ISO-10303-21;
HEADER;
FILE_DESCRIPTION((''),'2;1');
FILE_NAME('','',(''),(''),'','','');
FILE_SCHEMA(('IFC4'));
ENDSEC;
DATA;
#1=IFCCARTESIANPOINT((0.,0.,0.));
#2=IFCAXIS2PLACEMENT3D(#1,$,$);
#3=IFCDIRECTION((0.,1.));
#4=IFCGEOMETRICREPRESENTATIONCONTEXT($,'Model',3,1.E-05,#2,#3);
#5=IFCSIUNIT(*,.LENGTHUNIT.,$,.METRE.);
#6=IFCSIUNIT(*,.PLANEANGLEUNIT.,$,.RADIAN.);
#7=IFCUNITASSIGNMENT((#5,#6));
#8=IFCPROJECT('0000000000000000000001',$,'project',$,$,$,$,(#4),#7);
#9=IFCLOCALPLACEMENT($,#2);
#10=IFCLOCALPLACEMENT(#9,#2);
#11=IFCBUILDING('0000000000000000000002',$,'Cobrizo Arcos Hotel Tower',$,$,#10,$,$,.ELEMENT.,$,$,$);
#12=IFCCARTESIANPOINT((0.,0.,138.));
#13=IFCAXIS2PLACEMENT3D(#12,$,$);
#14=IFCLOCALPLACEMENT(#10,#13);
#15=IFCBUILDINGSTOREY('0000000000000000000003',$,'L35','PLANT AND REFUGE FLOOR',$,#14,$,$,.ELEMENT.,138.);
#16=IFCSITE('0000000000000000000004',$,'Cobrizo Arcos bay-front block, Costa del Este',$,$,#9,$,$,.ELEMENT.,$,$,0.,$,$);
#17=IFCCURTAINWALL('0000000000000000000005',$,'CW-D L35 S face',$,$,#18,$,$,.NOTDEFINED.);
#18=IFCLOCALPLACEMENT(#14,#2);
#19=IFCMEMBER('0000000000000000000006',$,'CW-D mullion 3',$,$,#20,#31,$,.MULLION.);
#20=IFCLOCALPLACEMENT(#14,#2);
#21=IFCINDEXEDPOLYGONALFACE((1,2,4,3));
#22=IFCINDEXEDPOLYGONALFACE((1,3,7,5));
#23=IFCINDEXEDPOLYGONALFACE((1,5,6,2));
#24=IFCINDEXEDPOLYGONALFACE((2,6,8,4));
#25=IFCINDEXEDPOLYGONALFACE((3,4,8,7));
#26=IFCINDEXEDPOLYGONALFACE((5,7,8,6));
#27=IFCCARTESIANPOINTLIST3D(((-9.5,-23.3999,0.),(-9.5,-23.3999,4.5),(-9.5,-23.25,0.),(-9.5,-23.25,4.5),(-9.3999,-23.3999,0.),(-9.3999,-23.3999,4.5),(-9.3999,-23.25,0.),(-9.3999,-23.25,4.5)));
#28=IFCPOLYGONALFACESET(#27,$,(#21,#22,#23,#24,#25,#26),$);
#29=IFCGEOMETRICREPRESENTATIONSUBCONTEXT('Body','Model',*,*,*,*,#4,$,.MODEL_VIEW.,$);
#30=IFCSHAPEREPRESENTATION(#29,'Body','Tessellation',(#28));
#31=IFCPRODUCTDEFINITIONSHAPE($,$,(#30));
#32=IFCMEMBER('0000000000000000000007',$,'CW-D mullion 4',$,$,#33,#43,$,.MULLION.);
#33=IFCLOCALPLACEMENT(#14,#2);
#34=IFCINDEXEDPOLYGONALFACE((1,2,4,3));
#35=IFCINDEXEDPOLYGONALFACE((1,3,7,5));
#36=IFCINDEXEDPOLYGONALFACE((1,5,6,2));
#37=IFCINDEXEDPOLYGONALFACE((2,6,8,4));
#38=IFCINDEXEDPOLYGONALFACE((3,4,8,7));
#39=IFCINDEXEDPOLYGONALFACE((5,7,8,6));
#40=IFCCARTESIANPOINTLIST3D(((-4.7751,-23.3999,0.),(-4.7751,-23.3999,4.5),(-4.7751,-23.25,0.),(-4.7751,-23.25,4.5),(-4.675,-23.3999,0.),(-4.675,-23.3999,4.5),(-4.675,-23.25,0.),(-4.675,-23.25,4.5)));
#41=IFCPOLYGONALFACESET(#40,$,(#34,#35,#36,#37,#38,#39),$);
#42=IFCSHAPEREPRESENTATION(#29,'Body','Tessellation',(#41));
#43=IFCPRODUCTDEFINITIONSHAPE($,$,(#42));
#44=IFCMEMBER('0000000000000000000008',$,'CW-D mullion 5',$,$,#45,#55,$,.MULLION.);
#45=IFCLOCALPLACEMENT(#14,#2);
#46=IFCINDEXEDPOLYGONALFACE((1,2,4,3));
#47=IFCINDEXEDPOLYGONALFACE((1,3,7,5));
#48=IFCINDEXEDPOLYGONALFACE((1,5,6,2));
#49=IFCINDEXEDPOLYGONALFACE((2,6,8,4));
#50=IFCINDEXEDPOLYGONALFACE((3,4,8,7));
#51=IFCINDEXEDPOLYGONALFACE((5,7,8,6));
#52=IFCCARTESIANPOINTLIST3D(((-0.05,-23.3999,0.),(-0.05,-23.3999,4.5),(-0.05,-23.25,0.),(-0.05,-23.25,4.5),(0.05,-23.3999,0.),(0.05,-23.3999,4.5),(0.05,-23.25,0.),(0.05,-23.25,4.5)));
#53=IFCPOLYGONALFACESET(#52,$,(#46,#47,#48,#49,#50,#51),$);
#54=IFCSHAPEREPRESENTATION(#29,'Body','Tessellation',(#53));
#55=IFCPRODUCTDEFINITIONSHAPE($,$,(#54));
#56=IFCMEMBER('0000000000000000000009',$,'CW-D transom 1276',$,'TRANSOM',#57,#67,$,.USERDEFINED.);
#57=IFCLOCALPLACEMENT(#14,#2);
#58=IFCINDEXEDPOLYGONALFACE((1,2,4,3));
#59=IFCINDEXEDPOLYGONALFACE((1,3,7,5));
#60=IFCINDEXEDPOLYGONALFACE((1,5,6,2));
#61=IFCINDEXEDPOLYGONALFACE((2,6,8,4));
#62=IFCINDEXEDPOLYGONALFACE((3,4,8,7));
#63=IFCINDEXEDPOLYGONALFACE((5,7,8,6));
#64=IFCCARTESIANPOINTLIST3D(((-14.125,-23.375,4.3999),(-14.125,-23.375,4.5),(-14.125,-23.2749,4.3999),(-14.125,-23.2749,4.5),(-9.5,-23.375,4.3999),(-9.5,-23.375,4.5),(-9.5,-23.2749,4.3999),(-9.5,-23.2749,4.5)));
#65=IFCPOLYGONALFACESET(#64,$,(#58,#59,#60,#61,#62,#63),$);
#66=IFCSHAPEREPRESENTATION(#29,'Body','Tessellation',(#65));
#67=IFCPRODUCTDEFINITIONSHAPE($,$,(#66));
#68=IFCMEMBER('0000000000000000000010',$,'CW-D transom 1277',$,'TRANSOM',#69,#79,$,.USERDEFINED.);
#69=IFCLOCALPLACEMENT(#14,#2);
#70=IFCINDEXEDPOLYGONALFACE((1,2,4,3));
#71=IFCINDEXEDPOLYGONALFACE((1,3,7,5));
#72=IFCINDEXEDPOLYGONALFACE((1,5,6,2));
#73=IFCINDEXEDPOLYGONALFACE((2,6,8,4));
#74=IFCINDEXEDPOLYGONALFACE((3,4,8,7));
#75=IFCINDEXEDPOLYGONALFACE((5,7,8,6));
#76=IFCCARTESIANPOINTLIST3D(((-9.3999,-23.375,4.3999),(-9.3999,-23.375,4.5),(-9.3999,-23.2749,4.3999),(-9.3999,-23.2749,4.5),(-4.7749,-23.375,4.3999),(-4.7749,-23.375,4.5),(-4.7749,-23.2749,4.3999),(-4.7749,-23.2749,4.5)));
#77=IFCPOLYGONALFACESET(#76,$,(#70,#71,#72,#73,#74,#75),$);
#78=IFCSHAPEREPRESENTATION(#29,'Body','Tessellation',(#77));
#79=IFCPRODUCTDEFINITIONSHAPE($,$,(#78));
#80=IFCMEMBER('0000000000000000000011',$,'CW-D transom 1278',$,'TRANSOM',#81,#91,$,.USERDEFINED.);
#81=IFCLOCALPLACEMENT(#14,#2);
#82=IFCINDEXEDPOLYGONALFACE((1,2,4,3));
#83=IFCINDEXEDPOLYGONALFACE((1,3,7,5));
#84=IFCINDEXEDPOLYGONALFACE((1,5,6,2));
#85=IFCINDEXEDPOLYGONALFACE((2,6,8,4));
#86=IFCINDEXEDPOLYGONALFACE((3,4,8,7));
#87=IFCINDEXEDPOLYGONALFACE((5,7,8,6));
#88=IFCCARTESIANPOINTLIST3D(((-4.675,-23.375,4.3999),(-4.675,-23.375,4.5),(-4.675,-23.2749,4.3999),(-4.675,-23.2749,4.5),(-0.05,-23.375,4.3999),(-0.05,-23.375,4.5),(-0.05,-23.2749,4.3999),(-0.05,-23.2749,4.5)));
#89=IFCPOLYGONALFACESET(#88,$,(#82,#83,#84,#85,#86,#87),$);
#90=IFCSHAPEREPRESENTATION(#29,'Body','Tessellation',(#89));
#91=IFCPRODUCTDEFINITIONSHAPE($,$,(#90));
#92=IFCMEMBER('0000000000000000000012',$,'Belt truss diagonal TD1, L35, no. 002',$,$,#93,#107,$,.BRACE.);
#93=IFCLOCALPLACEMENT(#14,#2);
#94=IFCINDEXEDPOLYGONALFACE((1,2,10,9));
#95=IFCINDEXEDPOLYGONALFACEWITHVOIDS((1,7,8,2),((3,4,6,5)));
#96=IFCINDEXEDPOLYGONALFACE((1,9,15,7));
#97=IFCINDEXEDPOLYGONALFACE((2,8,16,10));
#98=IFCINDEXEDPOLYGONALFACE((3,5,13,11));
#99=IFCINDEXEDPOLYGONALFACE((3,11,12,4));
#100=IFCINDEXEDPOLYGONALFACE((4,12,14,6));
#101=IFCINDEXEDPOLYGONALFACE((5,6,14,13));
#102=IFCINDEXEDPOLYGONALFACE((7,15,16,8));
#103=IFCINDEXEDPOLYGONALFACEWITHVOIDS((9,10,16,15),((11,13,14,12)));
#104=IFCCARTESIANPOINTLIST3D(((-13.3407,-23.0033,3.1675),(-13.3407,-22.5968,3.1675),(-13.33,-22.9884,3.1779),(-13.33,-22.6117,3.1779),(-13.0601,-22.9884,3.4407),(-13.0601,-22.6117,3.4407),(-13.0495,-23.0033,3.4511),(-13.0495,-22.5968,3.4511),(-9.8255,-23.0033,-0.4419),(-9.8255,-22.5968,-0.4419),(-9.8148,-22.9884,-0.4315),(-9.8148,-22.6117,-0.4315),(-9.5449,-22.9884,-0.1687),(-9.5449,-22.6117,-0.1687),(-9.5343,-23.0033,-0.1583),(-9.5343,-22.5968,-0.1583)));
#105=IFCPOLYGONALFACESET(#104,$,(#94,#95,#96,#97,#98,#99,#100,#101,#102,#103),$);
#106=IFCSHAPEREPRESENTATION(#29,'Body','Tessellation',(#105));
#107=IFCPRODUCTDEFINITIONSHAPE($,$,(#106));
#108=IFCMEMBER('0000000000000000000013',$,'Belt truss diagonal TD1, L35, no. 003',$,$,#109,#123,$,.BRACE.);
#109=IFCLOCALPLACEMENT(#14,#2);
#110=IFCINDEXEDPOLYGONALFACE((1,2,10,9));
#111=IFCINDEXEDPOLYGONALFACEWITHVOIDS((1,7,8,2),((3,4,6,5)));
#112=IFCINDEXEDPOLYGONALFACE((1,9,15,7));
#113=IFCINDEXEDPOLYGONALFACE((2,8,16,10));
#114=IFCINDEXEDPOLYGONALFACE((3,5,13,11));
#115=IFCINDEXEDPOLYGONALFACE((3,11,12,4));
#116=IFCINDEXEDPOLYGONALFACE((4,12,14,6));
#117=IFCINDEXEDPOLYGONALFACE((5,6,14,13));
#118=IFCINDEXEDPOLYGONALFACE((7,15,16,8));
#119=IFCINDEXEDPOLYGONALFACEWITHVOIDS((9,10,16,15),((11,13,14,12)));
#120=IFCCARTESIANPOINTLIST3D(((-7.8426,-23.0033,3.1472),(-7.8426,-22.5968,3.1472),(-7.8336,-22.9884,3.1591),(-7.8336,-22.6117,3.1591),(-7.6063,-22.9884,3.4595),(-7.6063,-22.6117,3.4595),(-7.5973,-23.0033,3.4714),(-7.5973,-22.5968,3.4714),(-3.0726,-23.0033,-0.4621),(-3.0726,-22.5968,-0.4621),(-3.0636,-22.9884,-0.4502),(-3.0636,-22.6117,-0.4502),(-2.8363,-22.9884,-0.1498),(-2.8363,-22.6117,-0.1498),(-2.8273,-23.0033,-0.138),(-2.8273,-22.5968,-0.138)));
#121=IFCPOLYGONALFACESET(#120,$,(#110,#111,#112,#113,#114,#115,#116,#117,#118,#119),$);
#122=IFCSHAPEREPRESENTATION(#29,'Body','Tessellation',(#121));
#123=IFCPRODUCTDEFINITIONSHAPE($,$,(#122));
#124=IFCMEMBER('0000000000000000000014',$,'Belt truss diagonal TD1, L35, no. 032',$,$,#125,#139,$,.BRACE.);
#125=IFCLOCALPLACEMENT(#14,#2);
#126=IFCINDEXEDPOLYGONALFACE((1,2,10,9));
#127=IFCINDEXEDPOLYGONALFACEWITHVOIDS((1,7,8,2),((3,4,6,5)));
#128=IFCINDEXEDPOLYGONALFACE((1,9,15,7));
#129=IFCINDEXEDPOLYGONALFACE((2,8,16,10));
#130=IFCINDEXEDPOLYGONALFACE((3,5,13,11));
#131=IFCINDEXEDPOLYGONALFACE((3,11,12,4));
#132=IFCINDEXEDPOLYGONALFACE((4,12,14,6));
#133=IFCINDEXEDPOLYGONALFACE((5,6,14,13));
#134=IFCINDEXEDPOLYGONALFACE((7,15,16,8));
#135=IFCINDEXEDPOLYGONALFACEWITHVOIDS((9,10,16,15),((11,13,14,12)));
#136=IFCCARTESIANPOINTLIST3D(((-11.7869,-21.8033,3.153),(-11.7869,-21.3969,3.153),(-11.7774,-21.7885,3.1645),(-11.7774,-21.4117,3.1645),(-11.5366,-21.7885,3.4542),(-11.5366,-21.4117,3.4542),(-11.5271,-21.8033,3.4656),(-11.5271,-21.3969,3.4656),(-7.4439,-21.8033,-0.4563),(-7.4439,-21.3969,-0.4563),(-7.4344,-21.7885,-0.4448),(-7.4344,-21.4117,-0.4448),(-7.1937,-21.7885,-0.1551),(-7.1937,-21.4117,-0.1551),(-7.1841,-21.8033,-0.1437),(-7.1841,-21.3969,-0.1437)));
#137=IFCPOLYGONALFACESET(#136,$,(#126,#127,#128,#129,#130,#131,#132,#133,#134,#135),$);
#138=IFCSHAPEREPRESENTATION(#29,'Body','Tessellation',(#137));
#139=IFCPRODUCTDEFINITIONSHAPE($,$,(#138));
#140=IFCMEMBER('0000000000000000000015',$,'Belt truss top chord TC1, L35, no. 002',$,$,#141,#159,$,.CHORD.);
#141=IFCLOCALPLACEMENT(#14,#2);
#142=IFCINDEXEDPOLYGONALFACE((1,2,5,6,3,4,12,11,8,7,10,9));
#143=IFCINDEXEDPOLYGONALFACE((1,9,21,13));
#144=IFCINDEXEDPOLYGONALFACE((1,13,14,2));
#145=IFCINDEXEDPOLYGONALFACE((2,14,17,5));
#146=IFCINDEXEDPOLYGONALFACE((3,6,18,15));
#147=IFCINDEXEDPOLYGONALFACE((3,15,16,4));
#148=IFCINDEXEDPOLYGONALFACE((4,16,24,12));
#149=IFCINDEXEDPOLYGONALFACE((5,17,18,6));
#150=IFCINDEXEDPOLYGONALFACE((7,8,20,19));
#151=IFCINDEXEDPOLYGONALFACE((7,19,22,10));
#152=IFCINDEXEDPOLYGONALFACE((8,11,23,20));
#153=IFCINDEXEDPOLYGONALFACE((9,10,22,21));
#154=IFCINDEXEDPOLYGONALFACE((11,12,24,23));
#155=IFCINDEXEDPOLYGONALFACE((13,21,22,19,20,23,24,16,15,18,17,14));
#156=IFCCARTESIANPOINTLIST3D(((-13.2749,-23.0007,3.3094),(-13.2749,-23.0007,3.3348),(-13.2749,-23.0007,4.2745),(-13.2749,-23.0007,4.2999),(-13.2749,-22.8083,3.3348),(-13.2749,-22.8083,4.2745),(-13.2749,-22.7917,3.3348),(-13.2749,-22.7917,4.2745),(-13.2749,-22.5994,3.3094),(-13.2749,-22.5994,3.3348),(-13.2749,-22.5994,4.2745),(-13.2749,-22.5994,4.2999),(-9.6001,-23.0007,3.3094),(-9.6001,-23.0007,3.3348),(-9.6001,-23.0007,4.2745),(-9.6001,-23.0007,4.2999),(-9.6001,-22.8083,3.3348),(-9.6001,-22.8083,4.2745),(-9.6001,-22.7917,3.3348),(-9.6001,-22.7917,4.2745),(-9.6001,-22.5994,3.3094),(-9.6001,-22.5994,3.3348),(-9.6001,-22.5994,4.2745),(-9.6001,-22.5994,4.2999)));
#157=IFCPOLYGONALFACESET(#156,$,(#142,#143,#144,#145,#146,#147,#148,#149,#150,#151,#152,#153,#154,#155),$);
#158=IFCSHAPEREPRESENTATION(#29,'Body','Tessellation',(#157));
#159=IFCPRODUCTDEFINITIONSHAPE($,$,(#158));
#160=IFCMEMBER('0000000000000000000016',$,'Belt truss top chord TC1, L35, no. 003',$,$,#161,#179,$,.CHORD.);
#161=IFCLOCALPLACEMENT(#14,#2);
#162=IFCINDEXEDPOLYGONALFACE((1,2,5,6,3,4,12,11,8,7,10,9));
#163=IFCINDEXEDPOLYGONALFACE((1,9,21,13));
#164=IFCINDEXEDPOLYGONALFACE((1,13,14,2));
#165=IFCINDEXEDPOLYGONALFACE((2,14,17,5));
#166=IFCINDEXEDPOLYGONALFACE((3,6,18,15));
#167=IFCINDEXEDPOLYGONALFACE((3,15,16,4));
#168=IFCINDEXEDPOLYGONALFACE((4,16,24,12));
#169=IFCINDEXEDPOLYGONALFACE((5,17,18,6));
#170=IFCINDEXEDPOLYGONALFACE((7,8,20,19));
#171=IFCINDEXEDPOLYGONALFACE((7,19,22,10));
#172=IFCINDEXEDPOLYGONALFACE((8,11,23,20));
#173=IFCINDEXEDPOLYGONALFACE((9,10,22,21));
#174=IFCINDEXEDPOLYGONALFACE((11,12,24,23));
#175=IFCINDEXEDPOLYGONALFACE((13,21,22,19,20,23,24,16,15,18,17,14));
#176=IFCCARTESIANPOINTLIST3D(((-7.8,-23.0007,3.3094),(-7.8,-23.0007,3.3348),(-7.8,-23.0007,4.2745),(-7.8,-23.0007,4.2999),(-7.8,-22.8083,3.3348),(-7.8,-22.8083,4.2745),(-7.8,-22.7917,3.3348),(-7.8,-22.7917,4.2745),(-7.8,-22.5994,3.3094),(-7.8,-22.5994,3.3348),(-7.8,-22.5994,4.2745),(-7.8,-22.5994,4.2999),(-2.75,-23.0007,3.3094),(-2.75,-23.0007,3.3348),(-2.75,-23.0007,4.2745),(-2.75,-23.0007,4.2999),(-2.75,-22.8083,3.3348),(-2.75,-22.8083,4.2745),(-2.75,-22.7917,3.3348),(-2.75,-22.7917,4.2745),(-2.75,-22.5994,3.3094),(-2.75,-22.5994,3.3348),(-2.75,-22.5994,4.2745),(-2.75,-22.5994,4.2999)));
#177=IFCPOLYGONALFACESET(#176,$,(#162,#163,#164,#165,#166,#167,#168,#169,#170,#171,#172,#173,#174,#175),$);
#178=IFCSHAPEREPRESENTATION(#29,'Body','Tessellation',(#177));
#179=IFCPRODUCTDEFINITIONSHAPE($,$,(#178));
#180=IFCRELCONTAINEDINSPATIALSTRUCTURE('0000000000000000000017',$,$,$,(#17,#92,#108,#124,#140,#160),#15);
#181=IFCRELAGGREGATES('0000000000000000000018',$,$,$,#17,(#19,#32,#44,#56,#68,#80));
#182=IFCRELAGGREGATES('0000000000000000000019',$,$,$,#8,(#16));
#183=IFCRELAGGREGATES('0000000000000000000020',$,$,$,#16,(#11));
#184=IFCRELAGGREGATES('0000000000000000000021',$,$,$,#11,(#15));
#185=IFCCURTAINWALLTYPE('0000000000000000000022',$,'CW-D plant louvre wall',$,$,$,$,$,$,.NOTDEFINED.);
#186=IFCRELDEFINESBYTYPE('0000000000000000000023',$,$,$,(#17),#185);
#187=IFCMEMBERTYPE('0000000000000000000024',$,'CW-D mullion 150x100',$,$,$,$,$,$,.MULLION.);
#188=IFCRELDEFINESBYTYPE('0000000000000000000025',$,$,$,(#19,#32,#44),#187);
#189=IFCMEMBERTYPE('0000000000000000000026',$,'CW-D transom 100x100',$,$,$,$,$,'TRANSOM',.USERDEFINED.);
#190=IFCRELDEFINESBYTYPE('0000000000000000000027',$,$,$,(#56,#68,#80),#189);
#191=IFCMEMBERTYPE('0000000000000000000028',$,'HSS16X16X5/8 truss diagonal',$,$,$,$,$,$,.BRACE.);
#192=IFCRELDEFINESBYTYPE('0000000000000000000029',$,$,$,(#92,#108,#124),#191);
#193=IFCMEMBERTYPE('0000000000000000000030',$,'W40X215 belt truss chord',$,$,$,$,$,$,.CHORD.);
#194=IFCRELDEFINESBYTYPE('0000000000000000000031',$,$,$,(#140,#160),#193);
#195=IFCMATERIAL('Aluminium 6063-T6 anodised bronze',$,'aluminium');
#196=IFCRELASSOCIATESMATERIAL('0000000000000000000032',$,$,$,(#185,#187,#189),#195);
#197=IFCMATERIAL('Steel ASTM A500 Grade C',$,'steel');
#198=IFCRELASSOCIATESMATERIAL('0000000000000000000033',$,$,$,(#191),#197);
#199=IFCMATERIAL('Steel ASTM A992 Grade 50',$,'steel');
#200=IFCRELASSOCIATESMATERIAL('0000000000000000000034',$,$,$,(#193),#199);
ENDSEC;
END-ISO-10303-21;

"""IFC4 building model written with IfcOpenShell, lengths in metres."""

from ifc_helpers import new_model, si_unit, direction, frame, origin, origin_2d, place, context, subcontext, project, spatial, rectangle, hollow_rectangle, i_section, extrude, material, material_profile, profile_set, type_object, element, aggregate, save


model = new_model("IFC4")

# Units and contexts
model_context = context("Model", 3, precision=1e-05, world=origin(), true_north=direction((0.0, 1.0)))
body_context = subcontext(model_context, "Body", "Model", "MODEL_VIEW")
ifc_project = project(units=[si_unit("LENGTHUNIT", "METRE"), si_unit("PLANEANGLEUNIT", "RADIAN")], contexts=[model_context])

# Site, building, storey
site_placement = place(None, origin())
site = spatial("IfcSite", under=ifc_project, at=site_placement, Name="Cobrizo Arcos bay-front block, Costa del Este", CompositionType="ELEMENT", RefElevation=0.0)
building_placement = place(site_placement, origin())
building = spatial("IfcBuilding", under=site, at=building_placement, Name="Cobrizo Arcos Hotel Tower", CompositionType="ELEMENT")
storey_placement = place(building_placement, frame((0.0, 0.0, 138.0)))
storey = spatial("IfcBuildingStorey", under=building, at=storey_placement, Name="L35", Description="PLANT AND REFUGE FLOOR", CompositionType="ELEMENT", Elevation=138.0)

# Curtain wall, members
ifc_material_1 = material(Name="Aluminium 6063-T6 anodised bronze", Category="aluminium")
curtain_wall_type = type_object("IfcCurtainWallType", Name="CW-D plant louvre wall", PredefinedType="NOTDEFINED", material=ifc_material_1)
curtain_wall_placement = place(storey_placement, origin())
curtain_wall = element("IfcCurtainWall", 1, at=curtain_wall_placement, inside=storey, type_object=curtain_wall_type, Name="CW-D L35 S face", PredefinedType="NOTDEFINED")
ifc_material_profile_1 = material_profile(ifc_material_1, rectangle(XDim=0.1499, YDim=0.1001, at=origin_2d()), Name="CW-D mullion 150x100")
ifc_profile_set_1 = profile_set([ifc_material_profile_1], Name="Aluminium 6063-T6 anodised bronze")
member_type_1 = type_object("IfcMemberType", Name="CW-D mullion 150x100", PredefinedType="MULLION", material=ifc_profile_set_1)
member_1_placement = place(storey_placement, frame((-9.45, -23.325, 0.0), z_axis=(0.0, 0.0, 1.0), x_axis=(0.0, -1.0, 0.0)))
member_1 = element("IfcMember", 2, at=member_1_placement, type_object=member_type_1, Name="CW-D mullion 3", PredefinedType="MULLION", context=body_context, shape_type="SweptSolid", body=[
    extrude(rectangle(XDim=0.1499, YDim=0.1001, at=origin_2d()), origin(), (0.0, 0.0, 1.0), 4.5),
])
member_2_placement = place(storey_placement, frame((-4.7251, -23.325, 0.0), z_axis=(0.0, 0.0, 1.0), x_axis=(0.0, -1.0, 0.0)))
member_2 = element("IfcMember", 3, at=member_2_placement, type_object=member_type_1, Name="CW-D mullion 4", PredefinedType="MULLION", context=body_context, shape_type="SweptSolid", body=[
    extrude(rectangle(XDim=0.1499, YDim=0.1001, at=origin_2d()), origin(), (0.0, 0.0, 1.0), 4.5),
])
member_3_placement = place(storey_placement, frame((0.0, -23.325, 0.0), z_axis=(0.0, 0.0, 1.0), x_axis=(0.0, -1.0, 0.0)))
member_3 = element("IfcMember", 4, at=member_3_placement, type_object=member_type_1, Name="CW-D mullion 5", PredefinedType="MULLION", context=body_context, shape_type="SweptSolid", body=[
    extrude(rectangle(XDim=0.1499, YDim=0.1001, at=origin_2d()), origin(), (0.0, 0.0, 1.0), 4.5),
])
ifc_material_profile_2 = material_profile(ifc_material_1, rectangle(XDim=0.1001, YDim=0.1001, at=origin_2d()), Name="CW-D transom 100x100")
ifc_profile_set_2 = profile_set([ifc_material_profile_2], Name="Aluminium 6063-T6 anodised bronze")
member_type_2 = type_object("IfcMemberType", Name="CW-D transom 100x100", ElementType="TRANSOM", PredefinedType="USERDEFINED", material=ifc_profile_set_2)
member_4_placement = place(storey_placement, frame((-14.125, -23.325, 4.45), z_axis=(1.0, 0.0, 0.0), x_axis=(0.0, 1.0, 0.0)))
member_4 = element("IfcMember", 5, at=member_4_placement, type_object=member_type_2, Name="CW-D transom 1276", ObjectType="TRANSOM", PredefinedType="USERDEFINED", context=body_context, shape_type="SweptSolid", body=[
    extrude(rectangle(XDim=0.1001, YDim=0.1001, at=origin_2d()), origin(), (0.0, 0.0, 1.0), 4.625),
])
member_5_placement = place(storey_placement, frame((-9.3999, -23.325, 4.45), z_axis=(1.0, 0.0, 0.0), x_axis=(0.0, 1.0, 0.0)))
member_5 = element("IfcMember", 6, at=member_5_placement, type_object=member_type_2, Name="CW-D transom 1277", ObjectType="TRANSOM", PredefinedType="USERDEFINED", context=body_context, shape_type="SweptSolid", body=[
    extrude(rectangle(XDim=0.1001, YDim=0.1001, at=origin_2d()), origin(), (0.0, 0.0, 1.0), 4.625),
])
member_6_placement = place(storey_placement, frame((-4.675, -23.325, 4.45), z_axis=(1.0, 0.0, 0.0), x_axis=(0.0, 1.0, 0.0)))
member_6 = element("IfcMember", 7, at=member_6_placement, type_object=member_type_2, Name="CW-D transom 1278", ObjectType="TRANSOM", PredefinedType="USERDEFINED", context=body_context, shape_type="SweptSolid", body=[
    extrude(rectangle(XDim=0.1001, YDim=0.1001, at=origin_2d()), origin(), (0.0, 0.0, 1.0), 4.625),
])

# Members
ifc_material_2 = material(Name="Steel ASTM A500 Grade C", Category="steel")
ifc_material_profile_3 = material_profile(ifc_material_2, hollow_rectangle(XDim=0.4065, YDim=0.4065, WallThickness=0.0149, at=origin_2d()), Name="HSS16X16X5/8")
ifc_profile_set_3 = profile_set([ifc_material_profile_3], Name="Steel ASTM A500 Grade C")
member_type_3 = type_object("IfcMemberType", Name="HSS16X16X5/8 truss diagonal", PredefinedType="BRACE", material=ifc_profile_set_3)
member_7_placement = place(storey_placement, frame((-13.1951, -22.8, 3.3093), z_axis=(0.697693, 0.0, -0.716397), x_axis=(0.0, 1.0, 0.0)))
element("IfcMember", 8, at=member_7_placement, inside=storey, type_object=member_type_3, Name="Belt truss diagonal TD1, L35, no. 002", PredefinedType="BRACE", context=body_context, shape_type="SweptSolid", body=[
    extrude(hollow_rectangle(XDim=0.4065, YDim=0.4065, WallThickness=0.0149, at=origin_2d()), origin(), (0.0, 0.0, 1.0), 5.0383),
])
member_8_placement = place(storey_placement, frame((-7.72, -22.8, 3.3093), z_axis=(0.797436, 0.0, -0.603403), x_axis=(0.0, 1.0, 0.0)))
element("IfcMember", 9, at=member_8_placement, inside=storey, type_object=member_type_3, Name="Belt truss diagonal TD1, L35, no. 003", PredefinedType="BRACE", context=body_context, shape_type="SweptSolid", body=[
    extrude(hollow_rectangle(XDim=0.4065, YDim=0.4065, WallThickness=0.0149, at=origin_2d()), origin(), (0.0, 0.0, 1.0), 5.9817),
])
member_9_placement = place(storey_placement, frame((-11.657, -21.6001, 3.3093), z_axis=(0.769075, 0.0, -0.639159), x_axis=(0.0, 1.0, 0.0)))
element("IfcMember", 10, at=member_9_placement, inside=storey, type_object=member_type_3, Name="Belt truss diagonal TD1, L35, no. 032", PredefinedType="BRACE", context=body_context, shape_type="SweptSolid", body=[
    extrude(hollow_rectangle(XDim=0.4065, YDim=0.4065, WallThickness=0.0149, at=origin_2d()), origin(), (0.0, 0.0, 1.0), 5.647),
])
ifc_material_3 = material(Name="Steel ASTM A992 Grade 50", Category="steel")
ifc_material_profile_4 = material_profile(ifc_material_3, i_section(OverallWidth=0.4014, OverallDepth=0.9905, WebThickness=0.0166, FlangeThickness=0.0254, at=origin_2d()), Name="W40X215")
ifc_profile_set_4 = profile_set([ifc_material_profile_4], Name="Steel ASTM A992 Grade 50")
member_type_4 = type_object("IfcMemberType", Name="W40X215 belt truss chord", PredefinedType="CHORD", material=ifc_profile_set_4)
member_10_placement = place(storey_placement, frame((-13.2749, -22.8, 3.8047), z_axis=(1.0, 0.0, 0.0), x_axis=(0.0, 1.0, 0.0)))
element("IfcMember", 11, at=member_10_placement, inside=storey, type_object=member_type_4, Name="Belt truss top chord TC1, L35, no. 002", PredefinedType="CHORD", context=body_context, shape_type="SweptSolid", body=[
    extrude(i_section(OverallWidth=0.4014, OverallDepth=0.9905, WebThickness=0.0166, FlangeThickness=0.0254, at=origin_2d()), origin(), (0.0, 0.0, 1.0), 3.6748),
])
member_11_placement = place(storey_placement, frame((-7.8, -22.8, 3.8047), z_axis=(1.0, 0.0, 0.0), x_axis=(0.0, 1.0, 0.0)))
element("IfcMember", 12, at=member_11_placement, inside=storey, type_object=member_type_4, Name="Belt truss top chord TC1, L35, no. 003", PredefinedType="CHORD", context=body_context, shape_type="SweptSolid", body=[
    extrude(i_section(OverallWidth=0.4014, OverallDepth=0.9905, WebThickness=0.0166, FlangeThickness=0.0254, at=origin_2d()), origin(), (0.0, 0.0, 1.0), 5.05),
])

aggregate(curtain_wall, [member_1, member_2, member_3, member_4, member_5, member_6])

save(model, "model.ifc")
